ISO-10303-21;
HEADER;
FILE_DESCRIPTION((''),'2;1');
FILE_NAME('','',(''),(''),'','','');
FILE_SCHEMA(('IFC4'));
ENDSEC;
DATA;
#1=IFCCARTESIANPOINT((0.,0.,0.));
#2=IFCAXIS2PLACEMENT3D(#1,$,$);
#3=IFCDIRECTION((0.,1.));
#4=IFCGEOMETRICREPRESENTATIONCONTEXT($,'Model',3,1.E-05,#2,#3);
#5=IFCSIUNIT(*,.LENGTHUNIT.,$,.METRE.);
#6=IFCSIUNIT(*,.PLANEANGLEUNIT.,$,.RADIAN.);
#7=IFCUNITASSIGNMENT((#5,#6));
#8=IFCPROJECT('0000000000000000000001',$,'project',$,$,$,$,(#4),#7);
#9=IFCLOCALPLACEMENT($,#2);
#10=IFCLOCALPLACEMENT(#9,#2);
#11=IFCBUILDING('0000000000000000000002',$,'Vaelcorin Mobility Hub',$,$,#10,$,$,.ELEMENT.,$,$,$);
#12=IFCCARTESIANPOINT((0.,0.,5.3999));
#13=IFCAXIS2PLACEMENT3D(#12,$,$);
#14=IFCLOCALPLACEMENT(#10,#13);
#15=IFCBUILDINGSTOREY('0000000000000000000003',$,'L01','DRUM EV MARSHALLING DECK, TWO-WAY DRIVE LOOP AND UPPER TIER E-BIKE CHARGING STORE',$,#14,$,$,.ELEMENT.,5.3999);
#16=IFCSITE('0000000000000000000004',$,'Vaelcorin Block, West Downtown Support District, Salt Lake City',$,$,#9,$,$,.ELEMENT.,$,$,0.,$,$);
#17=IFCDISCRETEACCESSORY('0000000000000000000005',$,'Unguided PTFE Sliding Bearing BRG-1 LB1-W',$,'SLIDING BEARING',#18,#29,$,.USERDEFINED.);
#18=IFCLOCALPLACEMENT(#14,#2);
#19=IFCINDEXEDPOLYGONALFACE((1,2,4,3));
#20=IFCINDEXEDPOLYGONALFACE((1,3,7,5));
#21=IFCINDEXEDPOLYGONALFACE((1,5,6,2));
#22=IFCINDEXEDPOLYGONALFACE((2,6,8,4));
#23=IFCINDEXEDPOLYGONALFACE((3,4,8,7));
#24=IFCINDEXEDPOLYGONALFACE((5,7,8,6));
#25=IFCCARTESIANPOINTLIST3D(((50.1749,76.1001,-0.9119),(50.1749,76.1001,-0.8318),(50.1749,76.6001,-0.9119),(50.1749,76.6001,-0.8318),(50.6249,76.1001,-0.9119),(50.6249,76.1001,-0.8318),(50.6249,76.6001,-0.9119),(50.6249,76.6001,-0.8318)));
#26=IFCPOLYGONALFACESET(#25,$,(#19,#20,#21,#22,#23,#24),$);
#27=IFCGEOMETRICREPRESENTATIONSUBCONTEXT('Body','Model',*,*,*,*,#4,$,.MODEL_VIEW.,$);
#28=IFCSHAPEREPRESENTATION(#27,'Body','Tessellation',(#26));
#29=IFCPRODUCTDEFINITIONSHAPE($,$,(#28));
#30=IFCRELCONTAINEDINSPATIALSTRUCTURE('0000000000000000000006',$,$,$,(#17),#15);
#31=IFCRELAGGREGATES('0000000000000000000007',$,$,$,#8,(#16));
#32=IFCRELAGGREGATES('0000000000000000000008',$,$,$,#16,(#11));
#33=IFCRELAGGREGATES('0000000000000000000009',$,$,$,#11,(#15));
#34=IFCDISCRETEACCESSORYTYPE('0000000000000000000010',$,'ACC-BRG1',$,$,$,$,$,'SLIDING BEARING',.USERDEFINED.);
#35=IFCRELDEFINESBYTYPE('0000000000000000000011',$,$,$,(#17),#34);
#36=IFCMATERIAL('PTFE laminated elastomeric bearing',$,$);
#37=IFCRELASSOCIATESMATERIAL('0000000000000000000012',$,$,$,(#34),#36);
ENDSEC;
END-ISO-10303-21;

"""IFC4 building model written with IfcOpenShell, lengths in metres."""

from ifc_helpers import new_model, si_unit, direction, frame, origin, origin_2d, place, context, subcontext, project, spatial, rectangle, extrude, material, type_object, element, save


model = new_model("IFC4")

# Units and contexts
model_context = context("Model", 3, precision=1e-05, world=origin(), true_north=direction((0.0, 1.0)))
body_context = subcontext(model_context, "Body", "Model", "MODEL_VIEW")
ifc_project = project(units=[si_unit("LENGTHUNIT", "METRE"), si_unit("PLANEANGLEUNIT", "RADIAN")], contexts=[model_context])

# Site, building, storey
site_placement = place(None, origin())
site = spatial("IfcSite", under=ifc_project, at=site_placement, Name="Vaelcorin Block, West Downtown Support District, Salt Lake City", CompositionType="ELEMENT", RefElevation=0.0)
building_placement = place(site_placement, origin())
building = spatial("IfcBuilding", under=site, at=building_placement, Name="Vaelcorin Mobility Hub", CompositionType="ELEMENT")
storey_placement = place(building_placement, frame((0.0, 0.0, 5.3999)))
storey = spatial("IfcBuildingStorey", under=building, at=storey_placement, Name="L01", Description="DRUM EV MARSHALLING DECK, TWO-WAY DRIVE LOOP AND UPPER TIER E-BIKE CHARGING STORE", CompositionType="ELEMENT", Elevation=5.3999)

# Discrete accessory
ifc_material_1 = material(Name="PTFE laminated elastomeric bearing")
discrete_accessory_type = type_object("IfcDiscreteAccessoryType", Name="ACC-BRG1", ElementType="SLIDING BEARING", PredefinedType="USERDEFINED", material=ifc_material_1)
discrete_accessory_placement = place(storey_placement, frame((50.3999, 76.3501, -0.9119), z_axis=(0.0, 0.0, 1.0), x_axis=(1.0, 0.0, 0.0)))
element("IfcDiscreteAccessory", 1, at=discrete_accessory_placement, inside=storey, type_object=discrete_accessory_type, Name="Unguided PTFE Sliding Bearing BRG-1 LB1-W", ObjectType="SLIDING BEARING", PredefinedType="USERDEFINED", context=body_context, shape_type="SweptSolid", body=[
    extrude(rectangle(XDim=0.45, YDim=0.5, at=origin_2d()), origin(), (0.0, 0.0, 1.0), 0.0801),
])

save(model, "model.ifc")
